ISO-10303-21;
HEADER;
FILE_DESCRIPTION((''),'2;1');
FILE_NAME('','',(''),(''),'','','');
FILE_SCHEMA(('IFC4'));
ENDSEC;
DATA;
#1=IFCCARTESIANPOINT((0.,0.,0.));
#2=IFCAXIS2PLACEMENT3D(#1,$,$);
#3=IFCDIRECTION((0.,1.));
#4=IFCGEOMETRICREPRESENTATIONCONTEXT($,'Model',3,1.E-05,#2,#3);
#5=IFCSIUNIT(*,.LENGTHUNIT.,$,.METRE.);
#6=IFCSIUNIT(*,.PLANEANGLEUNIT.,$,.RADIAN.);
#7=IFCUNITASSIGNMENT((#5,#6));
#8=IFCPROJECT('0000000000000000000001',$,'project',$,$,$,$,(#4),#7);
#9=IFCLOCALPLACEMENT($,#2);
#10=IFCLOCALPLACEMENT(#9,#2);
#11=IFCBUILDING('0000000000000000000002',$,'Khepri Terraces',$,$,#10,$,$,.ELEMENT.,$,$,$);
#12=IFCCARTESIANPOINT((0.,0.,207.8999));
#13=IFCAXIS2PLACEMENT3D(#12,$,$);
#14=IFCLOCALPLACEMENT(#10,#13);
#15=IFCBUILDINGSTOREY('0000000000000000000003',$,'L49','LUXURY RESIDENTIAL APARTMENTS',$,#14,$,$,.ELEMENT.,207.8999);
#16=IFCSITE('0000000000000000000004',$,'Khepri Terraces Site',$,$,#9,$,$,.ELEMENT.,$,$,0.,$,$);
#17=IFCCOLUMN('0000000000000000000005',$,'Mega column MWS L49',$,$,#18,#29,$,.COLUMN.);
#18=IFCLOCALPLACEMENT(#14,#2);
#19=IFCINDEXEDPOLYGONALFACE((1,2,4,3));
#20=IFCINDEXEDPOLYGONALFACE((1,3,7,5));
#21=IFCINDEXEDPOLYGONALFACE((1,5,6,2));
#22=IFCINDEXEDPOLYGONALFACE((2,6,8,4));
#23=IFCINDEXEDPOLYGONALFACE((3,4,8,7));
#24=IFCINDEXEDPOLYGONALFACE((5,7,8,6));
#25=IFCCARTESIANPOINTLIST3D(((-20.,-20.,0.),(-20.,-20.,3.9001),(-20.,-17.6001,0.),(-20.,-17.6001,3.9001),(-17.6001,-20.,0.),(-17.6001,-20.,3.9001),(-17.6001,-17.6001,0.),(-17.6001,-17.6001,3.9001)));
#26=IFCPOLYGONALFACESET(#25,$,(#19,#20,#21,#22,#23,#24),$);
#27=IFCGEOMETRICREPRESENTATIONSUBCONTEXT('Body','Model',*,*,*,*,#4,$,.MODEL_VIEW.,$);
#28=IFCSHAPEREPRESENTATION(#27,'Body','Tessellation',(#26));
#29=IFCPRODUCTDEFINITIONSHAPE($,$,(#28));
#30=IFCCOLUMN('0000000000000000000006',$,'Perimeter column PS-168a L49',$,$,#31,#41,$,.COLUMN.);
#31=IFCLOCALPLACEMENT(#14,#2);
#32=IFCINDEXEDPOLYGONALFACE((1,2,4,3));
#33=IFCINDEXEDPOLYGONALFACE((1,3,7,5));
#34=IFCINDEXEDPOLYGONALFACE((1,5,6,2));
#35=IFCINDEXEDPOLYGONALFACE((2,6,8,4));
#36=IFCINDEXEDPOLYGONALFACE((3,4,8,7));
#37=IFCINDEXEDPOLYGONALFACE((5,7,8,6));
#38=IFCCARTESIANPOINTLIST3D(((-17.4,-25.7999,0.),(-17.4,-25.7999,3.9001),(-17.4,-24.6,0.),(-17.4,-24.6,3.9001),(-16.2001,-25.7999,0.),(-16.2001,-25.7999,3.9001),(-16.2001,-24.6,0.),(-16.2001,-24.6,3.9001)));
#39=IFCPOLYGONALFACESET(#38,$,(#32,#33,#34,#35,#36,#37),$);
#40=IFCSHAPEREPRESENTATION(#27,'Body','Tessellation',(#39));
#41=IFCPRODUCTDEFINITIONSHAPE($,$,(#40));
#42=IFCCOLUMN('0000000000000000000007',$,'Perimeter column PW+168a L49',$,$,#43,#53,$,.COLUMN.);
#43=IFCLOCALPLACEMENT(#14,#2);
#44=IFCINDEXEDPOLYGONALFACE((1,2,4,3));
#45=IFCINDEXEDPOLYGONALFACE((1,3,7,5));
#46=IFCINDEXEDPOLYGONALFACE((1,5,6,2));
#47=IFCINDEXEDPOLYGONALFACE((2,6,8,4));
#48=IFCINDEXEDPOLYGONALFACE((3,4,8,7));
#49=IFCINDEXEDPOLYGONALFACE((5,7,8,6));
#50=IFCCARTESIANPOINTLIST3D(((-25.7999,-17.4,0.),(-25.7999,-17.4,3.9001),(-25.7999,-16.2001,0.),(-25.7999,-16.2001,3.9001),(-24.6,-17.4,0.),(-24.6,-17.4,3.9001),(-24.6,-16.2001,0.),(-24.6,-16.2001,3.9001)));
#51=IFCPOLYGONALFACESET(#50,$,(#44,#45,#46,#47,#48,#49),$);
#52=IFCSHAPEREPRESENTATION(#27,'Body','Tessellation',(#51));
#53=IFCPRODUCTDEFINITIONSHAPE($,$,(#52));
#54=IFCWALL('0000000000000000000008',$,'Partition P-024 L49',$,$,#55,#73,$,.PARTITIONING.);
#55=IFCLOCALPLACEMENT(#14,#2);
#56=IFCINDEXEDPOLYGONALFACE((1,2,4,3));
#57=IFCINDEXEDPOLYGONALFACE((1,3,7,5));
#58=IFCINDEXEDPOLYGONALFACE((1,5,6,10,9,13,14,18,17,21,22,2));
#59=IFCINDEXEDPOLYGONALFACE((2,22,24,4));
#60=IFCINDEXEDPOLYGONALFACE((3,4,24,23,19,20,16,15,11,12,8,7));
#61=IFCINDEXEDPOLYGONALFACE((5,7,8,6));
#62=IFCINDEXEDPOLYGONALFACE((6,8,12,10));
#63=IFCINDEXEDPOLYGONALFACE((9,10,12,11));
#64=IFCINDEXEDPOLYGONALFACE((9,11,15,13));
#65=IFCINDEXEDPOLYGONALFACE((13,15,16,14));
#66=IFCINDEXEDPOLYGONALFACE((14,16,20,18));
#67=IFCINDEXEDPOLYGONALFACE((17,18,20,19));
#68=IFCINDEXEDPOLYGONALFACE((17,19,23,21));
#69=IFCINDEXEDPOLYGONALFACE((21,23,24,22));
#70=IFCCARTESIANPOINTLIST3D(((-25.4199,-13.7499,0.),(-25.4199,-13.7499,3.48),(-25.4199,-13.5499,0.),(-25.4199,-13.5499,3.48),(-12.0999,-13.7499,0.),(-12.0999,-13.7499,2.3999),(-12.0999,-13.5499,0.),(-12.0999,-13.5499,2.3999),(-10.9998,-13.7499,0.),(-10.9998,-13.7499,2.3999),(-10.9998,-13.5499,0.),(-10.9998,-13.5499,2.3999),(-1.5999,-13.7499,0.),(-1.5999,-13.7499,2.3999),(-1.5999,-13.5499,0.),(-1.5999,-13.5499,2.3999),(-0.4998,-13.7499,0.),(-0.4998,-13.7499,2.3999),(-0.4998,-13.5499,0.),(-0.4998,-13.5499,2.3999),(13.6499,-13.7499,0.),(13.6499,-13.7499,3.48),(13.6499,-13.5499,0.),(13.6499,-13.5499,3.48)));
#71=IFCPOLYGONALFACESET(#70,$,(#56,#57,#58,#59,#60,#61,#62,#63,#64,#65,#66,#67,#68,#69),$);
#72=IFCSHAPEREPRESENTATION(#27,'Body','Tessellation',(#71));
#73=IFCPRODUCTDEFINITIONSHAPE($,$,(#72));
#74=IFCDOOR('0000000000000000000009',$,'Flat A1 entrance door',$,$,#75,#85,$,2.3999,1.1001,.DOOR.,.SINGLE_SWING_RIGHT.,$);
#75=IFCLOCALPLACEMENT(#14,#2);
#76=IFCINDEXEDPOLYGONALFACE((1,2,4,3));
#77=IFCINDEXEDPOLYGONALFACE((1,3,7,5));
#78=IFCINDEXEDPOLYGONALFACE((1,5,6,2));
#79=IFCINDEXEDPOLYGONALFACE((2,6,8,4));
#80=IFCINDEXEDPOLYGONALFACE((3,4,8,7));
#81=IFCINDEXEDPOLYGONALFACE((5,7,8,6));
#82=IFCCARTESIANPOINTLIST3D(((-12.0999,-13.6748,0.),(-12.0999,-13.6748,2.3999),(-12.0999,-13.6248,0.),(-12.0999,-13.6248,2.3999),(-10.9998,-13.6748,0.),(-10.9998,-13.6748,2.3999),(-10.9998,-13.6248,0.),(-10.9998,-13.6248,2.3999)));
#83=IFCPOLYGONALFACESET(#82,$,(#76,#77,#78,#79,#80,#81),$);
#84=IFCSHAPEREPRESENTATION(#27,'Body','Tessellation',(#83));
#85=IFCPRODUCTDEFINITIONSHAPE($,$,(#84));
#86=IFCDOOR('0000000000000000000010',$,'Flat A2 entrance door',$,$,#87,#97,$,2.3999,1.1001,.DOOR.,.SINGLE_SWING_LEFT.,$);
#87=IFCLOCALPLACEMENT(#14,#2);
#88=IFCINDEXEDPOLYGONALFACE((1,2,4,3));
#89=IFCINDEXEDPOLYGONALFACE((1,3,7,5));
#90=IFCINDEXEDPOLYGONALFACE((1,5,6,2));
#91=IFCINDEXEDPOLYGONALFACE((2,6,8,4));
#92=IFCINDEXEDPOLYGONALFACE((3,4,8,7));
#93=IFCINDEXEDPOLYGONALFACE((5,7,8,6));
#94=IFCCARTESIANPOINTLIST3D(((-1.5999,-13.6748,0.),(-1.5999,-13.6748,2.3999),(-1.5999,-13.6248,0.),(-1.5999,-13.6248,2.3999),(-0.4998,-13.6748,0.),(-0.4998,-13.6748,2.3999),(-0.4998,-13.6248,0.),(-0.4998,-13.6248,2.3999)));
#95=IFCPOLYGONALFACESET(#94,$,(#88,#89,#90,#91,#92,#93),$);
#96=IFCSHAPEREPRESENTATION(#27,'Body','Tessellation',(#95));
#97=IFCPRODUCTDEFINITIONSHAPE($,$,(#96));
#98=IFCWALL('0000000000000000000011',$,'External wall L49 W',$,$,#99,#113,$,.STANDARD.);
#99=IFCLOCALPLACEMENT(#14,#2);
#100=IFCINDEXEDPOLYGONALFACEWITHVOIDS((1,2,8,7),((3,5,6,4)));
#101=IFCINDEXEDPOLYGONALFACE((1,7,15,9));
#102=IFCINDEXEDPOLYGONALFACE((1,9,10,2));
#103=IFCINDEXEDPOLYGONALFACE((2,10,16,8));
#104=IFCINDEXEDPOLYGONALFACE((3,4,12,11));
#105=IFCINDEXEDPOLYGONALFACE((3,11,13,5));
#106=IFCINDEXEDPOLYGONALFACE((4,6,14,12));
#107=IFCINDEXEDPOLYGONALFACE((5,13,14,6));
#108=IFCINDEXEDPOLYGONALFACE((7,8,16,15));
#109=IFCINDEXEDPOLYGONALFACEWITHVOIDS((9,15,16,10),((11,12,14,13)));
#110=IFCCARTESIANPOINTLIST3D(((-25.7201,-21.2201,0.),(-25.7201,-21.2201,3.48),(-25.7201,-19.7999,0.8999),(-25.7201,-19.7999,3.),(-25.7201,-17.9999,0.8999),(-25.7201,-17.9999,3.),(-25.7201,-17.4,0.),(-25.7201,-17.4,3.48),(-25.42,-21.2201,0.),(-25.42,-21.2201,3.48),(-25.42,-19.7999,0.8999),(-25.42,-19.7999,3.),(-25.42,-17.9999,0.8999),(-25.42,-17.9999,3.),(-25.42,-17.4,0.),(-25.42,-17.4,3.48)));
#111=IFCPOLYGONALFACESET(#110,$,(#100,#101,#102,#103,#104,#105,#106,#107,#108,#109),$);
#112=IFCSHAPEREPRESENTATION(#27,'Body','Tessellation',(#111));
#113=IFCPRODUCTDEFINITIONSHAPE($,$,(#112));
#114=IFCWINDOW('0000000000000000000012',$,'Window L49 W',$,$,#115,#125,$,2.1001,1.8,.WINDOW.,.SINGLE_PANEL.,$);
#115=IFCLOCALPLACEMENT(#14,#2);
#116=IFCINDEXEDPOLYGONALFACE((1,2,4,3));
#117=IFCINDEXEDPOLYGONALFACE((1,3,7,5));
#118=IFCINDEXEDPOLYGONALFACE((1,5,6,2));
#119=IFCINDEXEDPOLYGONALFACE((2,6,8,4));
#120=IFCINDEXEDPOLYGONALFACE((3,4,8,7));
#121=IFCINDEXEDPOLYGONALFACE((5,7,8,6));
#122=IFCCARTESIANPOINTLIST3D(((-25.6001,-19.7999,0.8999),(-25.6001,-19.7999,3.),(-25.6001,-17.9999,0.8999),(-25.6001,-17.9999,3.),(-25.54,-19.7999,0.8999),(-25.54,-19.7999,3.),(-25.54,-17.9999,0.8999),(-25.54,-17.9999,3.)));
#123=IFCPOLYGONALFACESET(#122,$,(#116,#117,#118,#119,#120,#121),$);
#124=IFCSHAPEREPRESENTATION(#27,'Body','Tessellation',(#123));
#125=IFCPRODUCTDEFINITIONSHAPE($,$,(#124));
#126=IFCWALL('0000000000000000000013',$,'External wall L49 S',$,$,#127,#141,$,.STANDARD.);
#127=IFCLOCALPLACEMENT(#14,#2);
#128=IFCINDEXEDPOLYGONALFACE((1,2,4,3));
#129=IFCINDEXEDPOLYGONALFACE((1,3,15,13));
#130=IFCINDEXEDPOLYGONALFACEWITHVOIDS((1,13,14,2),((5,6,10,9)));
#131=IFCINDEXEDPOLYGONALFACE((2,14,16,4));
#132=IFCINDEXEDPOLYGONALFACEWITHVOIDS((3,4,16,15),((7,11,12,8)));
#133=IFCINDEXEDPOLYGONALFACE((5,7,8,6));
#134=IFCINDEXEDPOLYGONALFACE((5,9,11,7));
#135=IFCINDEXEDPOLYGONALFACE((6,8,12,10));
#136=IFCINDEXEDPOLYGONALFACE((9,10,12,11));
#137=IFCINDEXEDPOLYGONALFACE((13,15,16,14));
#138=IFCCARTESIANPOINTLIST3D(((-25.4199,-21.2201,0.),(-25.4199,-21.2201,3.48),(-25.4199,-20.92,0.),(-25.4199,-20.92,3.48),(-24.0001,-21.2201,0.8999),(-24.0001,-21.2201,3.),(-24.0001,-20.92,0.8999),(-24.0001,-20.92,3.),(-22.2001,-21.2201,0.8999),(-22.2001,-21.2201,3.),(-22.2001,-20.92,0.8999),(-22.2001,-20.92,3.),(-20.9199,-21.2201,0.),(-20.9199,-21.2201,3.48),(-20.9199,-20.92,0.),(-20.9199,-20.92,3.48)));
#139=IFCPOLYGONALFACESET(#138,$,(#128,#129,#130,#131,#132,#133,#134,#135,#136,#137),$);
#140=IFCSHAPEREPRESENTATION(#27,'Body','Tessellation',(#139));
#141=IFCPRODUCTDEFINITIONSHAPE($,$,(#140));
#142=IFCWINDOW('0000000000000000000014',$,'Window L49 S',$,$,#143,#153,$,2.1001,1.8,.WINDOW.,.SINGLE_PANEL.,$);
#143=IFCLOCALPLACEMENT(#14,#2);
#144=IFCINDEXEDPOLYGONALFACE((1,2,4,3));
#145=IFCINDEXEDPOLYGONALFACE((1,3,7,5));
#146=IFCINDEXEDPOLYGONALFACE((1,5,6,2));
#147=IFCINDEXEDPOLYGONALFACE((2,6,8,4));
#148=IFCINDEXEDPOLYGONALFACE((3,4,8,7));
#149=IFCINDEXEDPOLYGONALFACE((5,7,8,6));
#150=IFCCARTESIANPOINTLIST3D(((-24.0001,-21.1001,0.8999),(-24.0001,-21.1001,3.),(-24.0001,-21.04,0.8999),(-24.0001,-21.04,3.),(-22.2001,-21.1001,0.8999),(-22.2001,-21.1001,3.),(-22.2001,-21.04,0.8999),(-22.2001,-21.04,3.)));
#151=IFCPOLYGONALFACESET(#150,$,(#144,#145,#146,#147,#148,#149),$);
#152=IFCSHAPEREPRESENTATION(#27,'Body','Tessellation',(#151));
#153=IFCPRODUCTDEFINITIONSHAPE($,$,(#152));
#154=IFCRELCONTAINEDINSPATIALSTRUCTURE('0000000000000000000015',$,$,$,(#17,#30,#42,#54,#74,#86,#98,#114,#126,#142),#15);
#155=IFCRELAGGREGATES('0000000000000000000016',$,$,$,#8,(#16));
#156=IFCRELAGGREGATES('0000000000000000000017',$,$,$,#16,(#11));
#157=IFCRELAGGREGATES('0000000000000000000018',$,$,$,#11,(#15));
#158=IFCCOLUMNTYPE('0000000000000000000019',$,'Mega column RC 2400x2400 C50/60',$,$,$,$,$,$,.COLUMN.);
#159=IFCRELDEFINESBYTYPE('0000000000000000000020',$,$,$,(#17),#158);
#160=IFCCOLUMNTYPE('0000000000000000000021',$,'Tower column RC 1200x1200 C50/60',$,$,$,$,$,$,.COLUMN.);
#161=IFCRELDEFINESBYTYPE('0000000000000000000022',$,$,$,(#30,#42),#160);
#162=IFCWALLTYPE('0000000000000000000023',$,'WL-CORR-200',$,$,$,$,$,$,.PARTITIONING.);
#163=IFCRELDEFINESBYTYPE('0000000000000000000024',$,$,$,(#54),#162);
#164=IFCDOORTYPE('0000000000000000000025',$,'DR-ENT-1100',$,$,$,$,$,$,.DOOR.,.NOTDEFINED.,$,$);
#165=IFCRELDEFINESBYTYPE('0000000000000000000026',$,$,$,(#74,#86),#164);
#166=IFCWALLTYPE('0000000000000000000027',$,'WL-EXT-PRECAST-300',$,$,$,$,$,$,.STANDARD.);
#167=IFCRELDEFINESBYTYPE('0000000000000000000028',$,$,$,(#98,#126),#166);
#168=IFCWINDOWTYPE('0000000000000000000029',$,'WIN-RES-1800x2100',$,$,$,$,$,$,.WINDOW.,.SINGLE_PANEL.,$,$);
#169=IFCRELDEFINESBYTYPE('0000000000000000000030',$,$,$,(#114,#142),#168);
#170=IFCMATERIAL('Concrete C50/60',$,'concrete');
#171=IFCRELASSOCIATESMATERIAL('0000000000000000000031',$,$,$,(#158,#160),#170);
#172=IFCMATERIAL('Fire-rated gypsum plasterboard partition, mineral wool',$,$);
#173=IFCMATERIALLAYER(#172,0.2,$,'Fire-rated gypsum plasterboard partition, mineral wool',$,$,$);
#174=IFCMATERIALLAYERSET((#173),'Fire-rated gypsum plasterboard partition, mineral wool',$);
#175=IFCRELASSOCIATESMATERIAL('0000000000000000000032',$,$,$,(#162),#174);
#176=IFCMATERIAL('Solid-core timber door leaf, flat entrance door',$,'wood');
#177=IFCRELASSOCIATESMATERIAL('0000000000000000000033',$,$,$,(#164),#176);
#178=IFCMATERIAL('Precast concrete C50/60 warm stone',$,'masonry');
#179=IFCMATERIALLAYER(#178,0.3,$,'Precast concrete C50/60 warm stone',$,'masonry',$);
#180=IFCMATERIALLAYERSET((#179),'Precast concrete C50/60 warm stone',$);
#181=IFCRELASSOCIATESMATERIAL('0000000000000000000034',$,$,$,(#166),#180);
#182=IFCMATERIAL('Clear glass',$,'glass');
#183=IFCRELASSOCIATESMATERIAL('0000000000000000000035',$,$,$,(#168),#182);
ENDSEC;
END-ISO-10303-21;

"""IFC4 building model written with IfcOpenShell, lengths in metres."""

from ifc_helpers import new_model, si_unit, direction, frame, frame_2d, origin, origin_2d, place, context, subcontext, project, spatial, rectangle, extrude, material, layer, layer_set, material_profile, profile_set, type_object, element, fill, save


model = new_model("IFC4")

# Units and contexts
model_context = context("Model", 3, precision=1e-05, world=origin(), true_north=direction((0.0, 1.0)))
body_context = subcontext(model_context, "Body", "Model", "MODEL_VIEW")
ifc_project = project(units=[si_unit("LENGTHUNIT", "METRE"), si_unit("PLANEANGLEUNIT", "RADIAN")], contexts=[model_context])

# Site, building, storey
site_placement = place(None, origin())
site = spatial("IfcSite", under=ifc_project, at=site_placement, Name="Khepri Terraces Site", CompositionType="ELEMENT", RefElevation=0.0)
building_placement = place(site_placement, origin())
building = spatial("IfcBuilding", under=site, at=building_placement, Name="Khepri Terraces", CompositionType="ELEMENT")
storey_placement = place(building_placement, frame((0.0, 0.0, 207.8999)))
storey = spatial("IfcBuildingStorey", under=building, at=storey_placement, Name="L49", Description="LUXURY RESIDENTIAL APARTMENTS", CompositionType="ELEMENT", Elevation=207.8999)

# Columns
ifc_material_1 = material(Name="Concrete C50/60", Category="concrete")
ifc_material_profile_1 = material_profile(ifc_material_1, rectangle(XDim=2.3999, YDim=2.3999, at=origin_2d()), Name="Concrete C50/60", Category="concrete")
ifc_profile_set_1 = profile_set([ifc_material_profile_1], Name="Concrete C50/60")
column_type_1 = type_object("IfcColumnType", Name="Mega column RC 2400x2400 C50/60", PredefinedType="COLUMN", material=ifc_profile_set_1)
column_placement = place(storey_placement, frame((-18.8, -18.8, 0.0), z_axis=(0.0, 0.0, 1.0), x_axis=(1.0, 0.0, 0.0)))
element("IfcColumn", 1, at=column_placement, inside=storey, type_object=column_type_1, Name="Mega column MWS L49", PredefinedType="COLUMN", context=body_context, shape_type="SweptSolid", body=[
    extrude(rectangle(XDim=2.3999, YDim=2.3999, at=origin_2d()), origin(), (0.0, 0.0, 1.0), 3.9001),
])
ifc_material_profile_2 = material_profile(ifc_material_1, rectangle(XDim=1.2, YDim=1.2, at=origin_2d()), Name="Concrete C50/60", Category="concrete")
ifc_profile_set_2 = profile_set([ifc_material_profile_2], Name="Concrete C50/60")
column_type_2 = type_object("IfcColumnType", Name="Tower column RC 1200x1200 C50/60", PredefinedType="COLUMN", material=ifc_profile_set_2)
for number, where, z_axis, x_axis, name in (
    (2, (-16.8, -25.2, 0.0), (0.0, 0.0, 1.0), (1.0, 0.0, 0.0), "Perimeter column PS-168a L49"),
    (3, (-25.2, -16.8, 0.0), (0.0, 0.0, 1.0), (1.0, 0.0, 0.0), "Perimeter column PW+168a L49"),
):
    element("IfcColumn", number, at=place(storey_placement, frame(where, z_axis=z_axis, x_axis=x_axis)), inside=storey, type_object=column_type_2, Name=name, PredefinedType="COLUMN", context=body_context, shape_type="SweptSolid", body=[
        extrude(rectangle(XDim=1.2, YDim=1.2, at=origin_2d()), origin(), (0.0, 0.0, 1.0), 3.9001),
    ])

# Wall, openings, doors
ifc_material_2 = material(Name="Fire-rated gypsum plasterboard partition, mineral wool")
ifc_layer_1 = layer(ifc_material_2, 0.2, Name="Fire-rated gypsum plasterboard partition, mineral wool")
ifc_layer_set_1 = layer_set([ifc_layer_1], Name="Fire-rated gypsum plasterboard partition, mineral wool")
wall_type_1 = type_object("IfcWallType", Name="WL-CORR-200", PredefinedType="PARTITIONING", material=ifc_layer_set_1)
wall_1_placement = place(storey_placement, frame((-25.4199, -13.6499, 0.0), z_axis=(0.0, 0.0, 1.0), x_axis=(1.0, 0.0, 0.0)))
wall_1 = element("IfcWall", 4, at=wall_1_placement, inside=storey, type_object=wall_type_1, Name="Partition P-024 L49", PredefinedType="PARTITIONING", context=body_context, shape_type="SweptSolid", body=[
    extrude(rectangle(XDim=39.0698, YDim=0.2, at=frame_2d((19.5349, 0.0))), origin(), (0.0, 0.0, 1.0), 3.48),
])
opening_1_placement = place(wall_1_placement, frame((13.3201, 0.0, 0.0)))
opening_1 = element("IfcOpeningElement", 5, at=opening_1_placement, cuts=wall_1, PredefinedType="OPENING", context=body_context, shape_type="SweptSolid", body=[
    extrude(rectangle(XDim=1.1001, YDim=2.3999, at=frame_2d((0.55, 1.2))), frame((0.0, 0.1099, 0.0), z_axis=(0.0, -1.0, 0.0), x_axis=(1.0, 0.0, 0.0)), (0.0, 0.0, 1.0), 0.22),
])
opening_2_placement = place(wall_1_placement, frame((23.8201, 0.0, 0.0)))
opening_2 = element("IfcOpeningElement", 6, at=opening_2_placement, cuts=wall_1, PredefinedType="OPENING", context=body_context, shape_type="SweptSolid", body=[
    extrude(rectangle(XDim=1.1001, YDim=2.3999, at=frame_2d((0.55, 1.2))), frame((0.0, 0.1099, 0.0), z_axis=(0.0, -1.0, 0.0), x_axis=(1.0, 0.0, 0.0)), (0.0, 0.0, 1.0), 0.22),
])
ifc_material_3 = material(Name="Solid-core timber door leaf, flat entrance door", Category="wood")
door_type_1 = type_object("IfcDoorType", Name="DR-ENT-1100", OperationType="NOTDEFINED", PredefinedType="DOOR", material=ifc_material_3)
door_1_placement = place(opening_1_placement, frame((1.1001, 0.0, 0.0), z_axis=(0.0, 0.0, 1.0), x_axis=(-1.0, 0.0, 0.0)))
door_1 = element("IfcDoor", 7, at=door_1_placement, inside=storey, type_object=door_type_1, Name="Flat A1 entrance door", OperationType="SINGLE_SWING_RIGHT", OverallHeight=2.3999, OverallWidth=1.1001, PredefinedType="DOOR", context=body_context, shape_type="SweptSolid", body=[
    extrude(rectangle(XDim=1.1001, YDim=2.3999, at=frame_2d((0.55, 1.2))), frame((0.0, 0.0249, 0.0), z_axis=(0.0, -1.0, 0.0), x_axis=(1.0, 0.0, 0.0)), (0.0, 0.0, 1.0), 0.05),
])
fill(opening_1, door_1)
door_2_placement = place(opening_2_placement, frame((1.1001, 0.0, 0.0), z_axis=(0.0, 0.0, 1.0), x_axis=(-1.0, 0.0, 0.0)))
door_2 = element("IfcDoor", 8, at=door_2_placement, inside=storey, type_object=door_type_1, Name="Flat A2 entrance door", OperationType="SINGLE_SWING_LEFT", OverallHeight=2.3999, OverallWidth=1.1001, PredefinedType="DOOR", context=body_context, shape_type="SweptSolid", body=[
    extrude(rectangle(XDim=1.1001, YDim=2.3999, at=frame_2d((0.55, 1.2))), frame((0.0, 0.0249, 0.0), z_axis=(0.0, -1.0, 0.0), x_axis=(1.0, 0.0, 0.0)), (0.0, 0.0, 1.0), 0.05),
])
fill(opening_2, door_2)

# Walls, openings, windows
ifc_material_4 = material(Name="Precast concrete C50/60 warm stone", Category="masonry")
ifc_layer_2 = layer(ifc_material_4, 0.3, Name="Precast concrete C50/60 warm stone", Category="masonry")
ifc_layer_set_2 = layer_set([ifc_layer_2], Name="Precast concrete C50/60 warm stone")
wall_type_2 = type_object("IfcWallType", Name="WL-EXT-PRECAST-300", PredefinedType="STANDARD", material=ifc_layer_set_2)
wall_2_placement = place(storey_placement, frame((-25.5701, -17.3999, 0.0), z_axis=(0.0, 0.0, 1.0), x_axis=(0.0, -1.0, 0.0)))
wall_2 = element("IfcWall", 9, at=wall_2_placement, inside=storey, type_object=wall_type_2, Name="External wall L49 W", PredefinedType="STANDARD", context=body_context, shape_type="SweptSolid", body=[
    extrude(rectangle(XDim=3.8201, YDim=0.3, at=frame_2d((1.9102, 0.0))), origin(), (0.0, 0.0, 1.0), 3.48),
])
opening_3_placement = place(wall_2_placement, frame((0.6001, 0.0, 0.8999)))
opening_3 = element("IfcOpeningElement", 10, at=opening_3_placement, cuts=wall_2, PredefinedType="OPENING", context=body_context, shape_type="SweptSolid", body=[
    extrude(rectangle(XDim=1.8, YDim=2.1001, at=frame_2d((0.8999, 1.05))), frame((0.0, 0.1602, 0.0), z_axis=(0.0, -1.0, 0.0), x_axis=(1.0, 0.0, 0.0)), (0.0, 0.0, 1.0), 0.3201),
])
ifc_material_5 = material(Name="Clear glass", Category="glass")
window_type = type_object("IfcWindowType", Name="WIN-RES-1800x2100", PartitioningType="SINGLE_PANEL", PredefinedType="WINDOW", material=ifc_material_5)
window_1_placement = place(opening_3_placement, origin())
window_1 = element("IfcWindow", 11, at=window_1_placement, inside=storey, type_object=window_type, Name="Window L49 W", OverallHeight=2.1001, OverallWidth=1.8, PartitioningType="SINGLE_PANEL", PredefinedType="WINDOW", context=body_context, shape_type="SweptSolid", body=[
    extrude(rectangle(XDim=1.8, YDim=2.1001, at=frame_2d((0.8999, 1.05))), frame((0.0, 0.03, 0.0), z_axis=(0.0, -1.0, 0.0), x_axis=(1.0, 0.0, 0.0)), (0.0, 0.0, 1.0), 0.0601),
])
fill(opening_3, window_1)
wall_3_placement = place(storey_placement, frame((-25.4199, -21.0701, 0.0), z_axis=(0.0, 0.0, 1.0), x_axis=(1.0, 0.0, 0.0)))
wall_3 = element("IfcWall", 12, at=wall_3_placement, inside=storey, type_object=wall_type_2, Name="External wall L49 S", PredefinedType="STANDARD", context=body_context, shape_type="SweptSolid", body=[
    extrude(rectangle(XDim=4.5, YDim=0.3, at=frame_2d((2.25, 0.0))), origin(), (0.0, 0.0, 1.0), 3.48),
])
opening_4_placement = place(wall_3_placement, frame((1.4199, 0.0, 0.8999)))
opening_4 = element("IfcOpeningElement", 13, at=opening_4_placement, cuts=wall_3, PredefinedType="OPENING", context=body_context, shape_type="SweptSolid", body=[
    extrude(rectangle(XDim=1.8, YDim=2.1001, at=frame_2d((0.8999, 1.05))), frame((0.0, 0.1602, 0.0), z_axis=(0.0, -1.0, 0.0), x_axis=(1.0, 0.0, 0.0)), (0.0, 0.0, 1.0), 0.3201),
])
window_2_placement = place(opening_4_placement, origin())
window_2 = element("IfcWindow", 14, at=window_2_placement, inside=storey, type_object=window_type, Name="Window L49 S", OverallHeight=2.1001, OverallWidth=1.8, PartitioningType="SINGLE_PANEL", PredefinedType="WINDOW", context=body_context, shape_type="SweptSolid", body=[
    extrude(rectangle(XDim=1.8, YDim=2.1001, at=frame_2d((0.8999, 1.05))), frame((0.0, 0.03, 0.0), z_axis=(0.0, -1.0, 0.0), x_axis=(1.0, 0.0, 0.0)), (0.0, 0.0, 1.0), 0.0601),
])
fill(opening_4, window_2)

save(model, "model.ifc")
